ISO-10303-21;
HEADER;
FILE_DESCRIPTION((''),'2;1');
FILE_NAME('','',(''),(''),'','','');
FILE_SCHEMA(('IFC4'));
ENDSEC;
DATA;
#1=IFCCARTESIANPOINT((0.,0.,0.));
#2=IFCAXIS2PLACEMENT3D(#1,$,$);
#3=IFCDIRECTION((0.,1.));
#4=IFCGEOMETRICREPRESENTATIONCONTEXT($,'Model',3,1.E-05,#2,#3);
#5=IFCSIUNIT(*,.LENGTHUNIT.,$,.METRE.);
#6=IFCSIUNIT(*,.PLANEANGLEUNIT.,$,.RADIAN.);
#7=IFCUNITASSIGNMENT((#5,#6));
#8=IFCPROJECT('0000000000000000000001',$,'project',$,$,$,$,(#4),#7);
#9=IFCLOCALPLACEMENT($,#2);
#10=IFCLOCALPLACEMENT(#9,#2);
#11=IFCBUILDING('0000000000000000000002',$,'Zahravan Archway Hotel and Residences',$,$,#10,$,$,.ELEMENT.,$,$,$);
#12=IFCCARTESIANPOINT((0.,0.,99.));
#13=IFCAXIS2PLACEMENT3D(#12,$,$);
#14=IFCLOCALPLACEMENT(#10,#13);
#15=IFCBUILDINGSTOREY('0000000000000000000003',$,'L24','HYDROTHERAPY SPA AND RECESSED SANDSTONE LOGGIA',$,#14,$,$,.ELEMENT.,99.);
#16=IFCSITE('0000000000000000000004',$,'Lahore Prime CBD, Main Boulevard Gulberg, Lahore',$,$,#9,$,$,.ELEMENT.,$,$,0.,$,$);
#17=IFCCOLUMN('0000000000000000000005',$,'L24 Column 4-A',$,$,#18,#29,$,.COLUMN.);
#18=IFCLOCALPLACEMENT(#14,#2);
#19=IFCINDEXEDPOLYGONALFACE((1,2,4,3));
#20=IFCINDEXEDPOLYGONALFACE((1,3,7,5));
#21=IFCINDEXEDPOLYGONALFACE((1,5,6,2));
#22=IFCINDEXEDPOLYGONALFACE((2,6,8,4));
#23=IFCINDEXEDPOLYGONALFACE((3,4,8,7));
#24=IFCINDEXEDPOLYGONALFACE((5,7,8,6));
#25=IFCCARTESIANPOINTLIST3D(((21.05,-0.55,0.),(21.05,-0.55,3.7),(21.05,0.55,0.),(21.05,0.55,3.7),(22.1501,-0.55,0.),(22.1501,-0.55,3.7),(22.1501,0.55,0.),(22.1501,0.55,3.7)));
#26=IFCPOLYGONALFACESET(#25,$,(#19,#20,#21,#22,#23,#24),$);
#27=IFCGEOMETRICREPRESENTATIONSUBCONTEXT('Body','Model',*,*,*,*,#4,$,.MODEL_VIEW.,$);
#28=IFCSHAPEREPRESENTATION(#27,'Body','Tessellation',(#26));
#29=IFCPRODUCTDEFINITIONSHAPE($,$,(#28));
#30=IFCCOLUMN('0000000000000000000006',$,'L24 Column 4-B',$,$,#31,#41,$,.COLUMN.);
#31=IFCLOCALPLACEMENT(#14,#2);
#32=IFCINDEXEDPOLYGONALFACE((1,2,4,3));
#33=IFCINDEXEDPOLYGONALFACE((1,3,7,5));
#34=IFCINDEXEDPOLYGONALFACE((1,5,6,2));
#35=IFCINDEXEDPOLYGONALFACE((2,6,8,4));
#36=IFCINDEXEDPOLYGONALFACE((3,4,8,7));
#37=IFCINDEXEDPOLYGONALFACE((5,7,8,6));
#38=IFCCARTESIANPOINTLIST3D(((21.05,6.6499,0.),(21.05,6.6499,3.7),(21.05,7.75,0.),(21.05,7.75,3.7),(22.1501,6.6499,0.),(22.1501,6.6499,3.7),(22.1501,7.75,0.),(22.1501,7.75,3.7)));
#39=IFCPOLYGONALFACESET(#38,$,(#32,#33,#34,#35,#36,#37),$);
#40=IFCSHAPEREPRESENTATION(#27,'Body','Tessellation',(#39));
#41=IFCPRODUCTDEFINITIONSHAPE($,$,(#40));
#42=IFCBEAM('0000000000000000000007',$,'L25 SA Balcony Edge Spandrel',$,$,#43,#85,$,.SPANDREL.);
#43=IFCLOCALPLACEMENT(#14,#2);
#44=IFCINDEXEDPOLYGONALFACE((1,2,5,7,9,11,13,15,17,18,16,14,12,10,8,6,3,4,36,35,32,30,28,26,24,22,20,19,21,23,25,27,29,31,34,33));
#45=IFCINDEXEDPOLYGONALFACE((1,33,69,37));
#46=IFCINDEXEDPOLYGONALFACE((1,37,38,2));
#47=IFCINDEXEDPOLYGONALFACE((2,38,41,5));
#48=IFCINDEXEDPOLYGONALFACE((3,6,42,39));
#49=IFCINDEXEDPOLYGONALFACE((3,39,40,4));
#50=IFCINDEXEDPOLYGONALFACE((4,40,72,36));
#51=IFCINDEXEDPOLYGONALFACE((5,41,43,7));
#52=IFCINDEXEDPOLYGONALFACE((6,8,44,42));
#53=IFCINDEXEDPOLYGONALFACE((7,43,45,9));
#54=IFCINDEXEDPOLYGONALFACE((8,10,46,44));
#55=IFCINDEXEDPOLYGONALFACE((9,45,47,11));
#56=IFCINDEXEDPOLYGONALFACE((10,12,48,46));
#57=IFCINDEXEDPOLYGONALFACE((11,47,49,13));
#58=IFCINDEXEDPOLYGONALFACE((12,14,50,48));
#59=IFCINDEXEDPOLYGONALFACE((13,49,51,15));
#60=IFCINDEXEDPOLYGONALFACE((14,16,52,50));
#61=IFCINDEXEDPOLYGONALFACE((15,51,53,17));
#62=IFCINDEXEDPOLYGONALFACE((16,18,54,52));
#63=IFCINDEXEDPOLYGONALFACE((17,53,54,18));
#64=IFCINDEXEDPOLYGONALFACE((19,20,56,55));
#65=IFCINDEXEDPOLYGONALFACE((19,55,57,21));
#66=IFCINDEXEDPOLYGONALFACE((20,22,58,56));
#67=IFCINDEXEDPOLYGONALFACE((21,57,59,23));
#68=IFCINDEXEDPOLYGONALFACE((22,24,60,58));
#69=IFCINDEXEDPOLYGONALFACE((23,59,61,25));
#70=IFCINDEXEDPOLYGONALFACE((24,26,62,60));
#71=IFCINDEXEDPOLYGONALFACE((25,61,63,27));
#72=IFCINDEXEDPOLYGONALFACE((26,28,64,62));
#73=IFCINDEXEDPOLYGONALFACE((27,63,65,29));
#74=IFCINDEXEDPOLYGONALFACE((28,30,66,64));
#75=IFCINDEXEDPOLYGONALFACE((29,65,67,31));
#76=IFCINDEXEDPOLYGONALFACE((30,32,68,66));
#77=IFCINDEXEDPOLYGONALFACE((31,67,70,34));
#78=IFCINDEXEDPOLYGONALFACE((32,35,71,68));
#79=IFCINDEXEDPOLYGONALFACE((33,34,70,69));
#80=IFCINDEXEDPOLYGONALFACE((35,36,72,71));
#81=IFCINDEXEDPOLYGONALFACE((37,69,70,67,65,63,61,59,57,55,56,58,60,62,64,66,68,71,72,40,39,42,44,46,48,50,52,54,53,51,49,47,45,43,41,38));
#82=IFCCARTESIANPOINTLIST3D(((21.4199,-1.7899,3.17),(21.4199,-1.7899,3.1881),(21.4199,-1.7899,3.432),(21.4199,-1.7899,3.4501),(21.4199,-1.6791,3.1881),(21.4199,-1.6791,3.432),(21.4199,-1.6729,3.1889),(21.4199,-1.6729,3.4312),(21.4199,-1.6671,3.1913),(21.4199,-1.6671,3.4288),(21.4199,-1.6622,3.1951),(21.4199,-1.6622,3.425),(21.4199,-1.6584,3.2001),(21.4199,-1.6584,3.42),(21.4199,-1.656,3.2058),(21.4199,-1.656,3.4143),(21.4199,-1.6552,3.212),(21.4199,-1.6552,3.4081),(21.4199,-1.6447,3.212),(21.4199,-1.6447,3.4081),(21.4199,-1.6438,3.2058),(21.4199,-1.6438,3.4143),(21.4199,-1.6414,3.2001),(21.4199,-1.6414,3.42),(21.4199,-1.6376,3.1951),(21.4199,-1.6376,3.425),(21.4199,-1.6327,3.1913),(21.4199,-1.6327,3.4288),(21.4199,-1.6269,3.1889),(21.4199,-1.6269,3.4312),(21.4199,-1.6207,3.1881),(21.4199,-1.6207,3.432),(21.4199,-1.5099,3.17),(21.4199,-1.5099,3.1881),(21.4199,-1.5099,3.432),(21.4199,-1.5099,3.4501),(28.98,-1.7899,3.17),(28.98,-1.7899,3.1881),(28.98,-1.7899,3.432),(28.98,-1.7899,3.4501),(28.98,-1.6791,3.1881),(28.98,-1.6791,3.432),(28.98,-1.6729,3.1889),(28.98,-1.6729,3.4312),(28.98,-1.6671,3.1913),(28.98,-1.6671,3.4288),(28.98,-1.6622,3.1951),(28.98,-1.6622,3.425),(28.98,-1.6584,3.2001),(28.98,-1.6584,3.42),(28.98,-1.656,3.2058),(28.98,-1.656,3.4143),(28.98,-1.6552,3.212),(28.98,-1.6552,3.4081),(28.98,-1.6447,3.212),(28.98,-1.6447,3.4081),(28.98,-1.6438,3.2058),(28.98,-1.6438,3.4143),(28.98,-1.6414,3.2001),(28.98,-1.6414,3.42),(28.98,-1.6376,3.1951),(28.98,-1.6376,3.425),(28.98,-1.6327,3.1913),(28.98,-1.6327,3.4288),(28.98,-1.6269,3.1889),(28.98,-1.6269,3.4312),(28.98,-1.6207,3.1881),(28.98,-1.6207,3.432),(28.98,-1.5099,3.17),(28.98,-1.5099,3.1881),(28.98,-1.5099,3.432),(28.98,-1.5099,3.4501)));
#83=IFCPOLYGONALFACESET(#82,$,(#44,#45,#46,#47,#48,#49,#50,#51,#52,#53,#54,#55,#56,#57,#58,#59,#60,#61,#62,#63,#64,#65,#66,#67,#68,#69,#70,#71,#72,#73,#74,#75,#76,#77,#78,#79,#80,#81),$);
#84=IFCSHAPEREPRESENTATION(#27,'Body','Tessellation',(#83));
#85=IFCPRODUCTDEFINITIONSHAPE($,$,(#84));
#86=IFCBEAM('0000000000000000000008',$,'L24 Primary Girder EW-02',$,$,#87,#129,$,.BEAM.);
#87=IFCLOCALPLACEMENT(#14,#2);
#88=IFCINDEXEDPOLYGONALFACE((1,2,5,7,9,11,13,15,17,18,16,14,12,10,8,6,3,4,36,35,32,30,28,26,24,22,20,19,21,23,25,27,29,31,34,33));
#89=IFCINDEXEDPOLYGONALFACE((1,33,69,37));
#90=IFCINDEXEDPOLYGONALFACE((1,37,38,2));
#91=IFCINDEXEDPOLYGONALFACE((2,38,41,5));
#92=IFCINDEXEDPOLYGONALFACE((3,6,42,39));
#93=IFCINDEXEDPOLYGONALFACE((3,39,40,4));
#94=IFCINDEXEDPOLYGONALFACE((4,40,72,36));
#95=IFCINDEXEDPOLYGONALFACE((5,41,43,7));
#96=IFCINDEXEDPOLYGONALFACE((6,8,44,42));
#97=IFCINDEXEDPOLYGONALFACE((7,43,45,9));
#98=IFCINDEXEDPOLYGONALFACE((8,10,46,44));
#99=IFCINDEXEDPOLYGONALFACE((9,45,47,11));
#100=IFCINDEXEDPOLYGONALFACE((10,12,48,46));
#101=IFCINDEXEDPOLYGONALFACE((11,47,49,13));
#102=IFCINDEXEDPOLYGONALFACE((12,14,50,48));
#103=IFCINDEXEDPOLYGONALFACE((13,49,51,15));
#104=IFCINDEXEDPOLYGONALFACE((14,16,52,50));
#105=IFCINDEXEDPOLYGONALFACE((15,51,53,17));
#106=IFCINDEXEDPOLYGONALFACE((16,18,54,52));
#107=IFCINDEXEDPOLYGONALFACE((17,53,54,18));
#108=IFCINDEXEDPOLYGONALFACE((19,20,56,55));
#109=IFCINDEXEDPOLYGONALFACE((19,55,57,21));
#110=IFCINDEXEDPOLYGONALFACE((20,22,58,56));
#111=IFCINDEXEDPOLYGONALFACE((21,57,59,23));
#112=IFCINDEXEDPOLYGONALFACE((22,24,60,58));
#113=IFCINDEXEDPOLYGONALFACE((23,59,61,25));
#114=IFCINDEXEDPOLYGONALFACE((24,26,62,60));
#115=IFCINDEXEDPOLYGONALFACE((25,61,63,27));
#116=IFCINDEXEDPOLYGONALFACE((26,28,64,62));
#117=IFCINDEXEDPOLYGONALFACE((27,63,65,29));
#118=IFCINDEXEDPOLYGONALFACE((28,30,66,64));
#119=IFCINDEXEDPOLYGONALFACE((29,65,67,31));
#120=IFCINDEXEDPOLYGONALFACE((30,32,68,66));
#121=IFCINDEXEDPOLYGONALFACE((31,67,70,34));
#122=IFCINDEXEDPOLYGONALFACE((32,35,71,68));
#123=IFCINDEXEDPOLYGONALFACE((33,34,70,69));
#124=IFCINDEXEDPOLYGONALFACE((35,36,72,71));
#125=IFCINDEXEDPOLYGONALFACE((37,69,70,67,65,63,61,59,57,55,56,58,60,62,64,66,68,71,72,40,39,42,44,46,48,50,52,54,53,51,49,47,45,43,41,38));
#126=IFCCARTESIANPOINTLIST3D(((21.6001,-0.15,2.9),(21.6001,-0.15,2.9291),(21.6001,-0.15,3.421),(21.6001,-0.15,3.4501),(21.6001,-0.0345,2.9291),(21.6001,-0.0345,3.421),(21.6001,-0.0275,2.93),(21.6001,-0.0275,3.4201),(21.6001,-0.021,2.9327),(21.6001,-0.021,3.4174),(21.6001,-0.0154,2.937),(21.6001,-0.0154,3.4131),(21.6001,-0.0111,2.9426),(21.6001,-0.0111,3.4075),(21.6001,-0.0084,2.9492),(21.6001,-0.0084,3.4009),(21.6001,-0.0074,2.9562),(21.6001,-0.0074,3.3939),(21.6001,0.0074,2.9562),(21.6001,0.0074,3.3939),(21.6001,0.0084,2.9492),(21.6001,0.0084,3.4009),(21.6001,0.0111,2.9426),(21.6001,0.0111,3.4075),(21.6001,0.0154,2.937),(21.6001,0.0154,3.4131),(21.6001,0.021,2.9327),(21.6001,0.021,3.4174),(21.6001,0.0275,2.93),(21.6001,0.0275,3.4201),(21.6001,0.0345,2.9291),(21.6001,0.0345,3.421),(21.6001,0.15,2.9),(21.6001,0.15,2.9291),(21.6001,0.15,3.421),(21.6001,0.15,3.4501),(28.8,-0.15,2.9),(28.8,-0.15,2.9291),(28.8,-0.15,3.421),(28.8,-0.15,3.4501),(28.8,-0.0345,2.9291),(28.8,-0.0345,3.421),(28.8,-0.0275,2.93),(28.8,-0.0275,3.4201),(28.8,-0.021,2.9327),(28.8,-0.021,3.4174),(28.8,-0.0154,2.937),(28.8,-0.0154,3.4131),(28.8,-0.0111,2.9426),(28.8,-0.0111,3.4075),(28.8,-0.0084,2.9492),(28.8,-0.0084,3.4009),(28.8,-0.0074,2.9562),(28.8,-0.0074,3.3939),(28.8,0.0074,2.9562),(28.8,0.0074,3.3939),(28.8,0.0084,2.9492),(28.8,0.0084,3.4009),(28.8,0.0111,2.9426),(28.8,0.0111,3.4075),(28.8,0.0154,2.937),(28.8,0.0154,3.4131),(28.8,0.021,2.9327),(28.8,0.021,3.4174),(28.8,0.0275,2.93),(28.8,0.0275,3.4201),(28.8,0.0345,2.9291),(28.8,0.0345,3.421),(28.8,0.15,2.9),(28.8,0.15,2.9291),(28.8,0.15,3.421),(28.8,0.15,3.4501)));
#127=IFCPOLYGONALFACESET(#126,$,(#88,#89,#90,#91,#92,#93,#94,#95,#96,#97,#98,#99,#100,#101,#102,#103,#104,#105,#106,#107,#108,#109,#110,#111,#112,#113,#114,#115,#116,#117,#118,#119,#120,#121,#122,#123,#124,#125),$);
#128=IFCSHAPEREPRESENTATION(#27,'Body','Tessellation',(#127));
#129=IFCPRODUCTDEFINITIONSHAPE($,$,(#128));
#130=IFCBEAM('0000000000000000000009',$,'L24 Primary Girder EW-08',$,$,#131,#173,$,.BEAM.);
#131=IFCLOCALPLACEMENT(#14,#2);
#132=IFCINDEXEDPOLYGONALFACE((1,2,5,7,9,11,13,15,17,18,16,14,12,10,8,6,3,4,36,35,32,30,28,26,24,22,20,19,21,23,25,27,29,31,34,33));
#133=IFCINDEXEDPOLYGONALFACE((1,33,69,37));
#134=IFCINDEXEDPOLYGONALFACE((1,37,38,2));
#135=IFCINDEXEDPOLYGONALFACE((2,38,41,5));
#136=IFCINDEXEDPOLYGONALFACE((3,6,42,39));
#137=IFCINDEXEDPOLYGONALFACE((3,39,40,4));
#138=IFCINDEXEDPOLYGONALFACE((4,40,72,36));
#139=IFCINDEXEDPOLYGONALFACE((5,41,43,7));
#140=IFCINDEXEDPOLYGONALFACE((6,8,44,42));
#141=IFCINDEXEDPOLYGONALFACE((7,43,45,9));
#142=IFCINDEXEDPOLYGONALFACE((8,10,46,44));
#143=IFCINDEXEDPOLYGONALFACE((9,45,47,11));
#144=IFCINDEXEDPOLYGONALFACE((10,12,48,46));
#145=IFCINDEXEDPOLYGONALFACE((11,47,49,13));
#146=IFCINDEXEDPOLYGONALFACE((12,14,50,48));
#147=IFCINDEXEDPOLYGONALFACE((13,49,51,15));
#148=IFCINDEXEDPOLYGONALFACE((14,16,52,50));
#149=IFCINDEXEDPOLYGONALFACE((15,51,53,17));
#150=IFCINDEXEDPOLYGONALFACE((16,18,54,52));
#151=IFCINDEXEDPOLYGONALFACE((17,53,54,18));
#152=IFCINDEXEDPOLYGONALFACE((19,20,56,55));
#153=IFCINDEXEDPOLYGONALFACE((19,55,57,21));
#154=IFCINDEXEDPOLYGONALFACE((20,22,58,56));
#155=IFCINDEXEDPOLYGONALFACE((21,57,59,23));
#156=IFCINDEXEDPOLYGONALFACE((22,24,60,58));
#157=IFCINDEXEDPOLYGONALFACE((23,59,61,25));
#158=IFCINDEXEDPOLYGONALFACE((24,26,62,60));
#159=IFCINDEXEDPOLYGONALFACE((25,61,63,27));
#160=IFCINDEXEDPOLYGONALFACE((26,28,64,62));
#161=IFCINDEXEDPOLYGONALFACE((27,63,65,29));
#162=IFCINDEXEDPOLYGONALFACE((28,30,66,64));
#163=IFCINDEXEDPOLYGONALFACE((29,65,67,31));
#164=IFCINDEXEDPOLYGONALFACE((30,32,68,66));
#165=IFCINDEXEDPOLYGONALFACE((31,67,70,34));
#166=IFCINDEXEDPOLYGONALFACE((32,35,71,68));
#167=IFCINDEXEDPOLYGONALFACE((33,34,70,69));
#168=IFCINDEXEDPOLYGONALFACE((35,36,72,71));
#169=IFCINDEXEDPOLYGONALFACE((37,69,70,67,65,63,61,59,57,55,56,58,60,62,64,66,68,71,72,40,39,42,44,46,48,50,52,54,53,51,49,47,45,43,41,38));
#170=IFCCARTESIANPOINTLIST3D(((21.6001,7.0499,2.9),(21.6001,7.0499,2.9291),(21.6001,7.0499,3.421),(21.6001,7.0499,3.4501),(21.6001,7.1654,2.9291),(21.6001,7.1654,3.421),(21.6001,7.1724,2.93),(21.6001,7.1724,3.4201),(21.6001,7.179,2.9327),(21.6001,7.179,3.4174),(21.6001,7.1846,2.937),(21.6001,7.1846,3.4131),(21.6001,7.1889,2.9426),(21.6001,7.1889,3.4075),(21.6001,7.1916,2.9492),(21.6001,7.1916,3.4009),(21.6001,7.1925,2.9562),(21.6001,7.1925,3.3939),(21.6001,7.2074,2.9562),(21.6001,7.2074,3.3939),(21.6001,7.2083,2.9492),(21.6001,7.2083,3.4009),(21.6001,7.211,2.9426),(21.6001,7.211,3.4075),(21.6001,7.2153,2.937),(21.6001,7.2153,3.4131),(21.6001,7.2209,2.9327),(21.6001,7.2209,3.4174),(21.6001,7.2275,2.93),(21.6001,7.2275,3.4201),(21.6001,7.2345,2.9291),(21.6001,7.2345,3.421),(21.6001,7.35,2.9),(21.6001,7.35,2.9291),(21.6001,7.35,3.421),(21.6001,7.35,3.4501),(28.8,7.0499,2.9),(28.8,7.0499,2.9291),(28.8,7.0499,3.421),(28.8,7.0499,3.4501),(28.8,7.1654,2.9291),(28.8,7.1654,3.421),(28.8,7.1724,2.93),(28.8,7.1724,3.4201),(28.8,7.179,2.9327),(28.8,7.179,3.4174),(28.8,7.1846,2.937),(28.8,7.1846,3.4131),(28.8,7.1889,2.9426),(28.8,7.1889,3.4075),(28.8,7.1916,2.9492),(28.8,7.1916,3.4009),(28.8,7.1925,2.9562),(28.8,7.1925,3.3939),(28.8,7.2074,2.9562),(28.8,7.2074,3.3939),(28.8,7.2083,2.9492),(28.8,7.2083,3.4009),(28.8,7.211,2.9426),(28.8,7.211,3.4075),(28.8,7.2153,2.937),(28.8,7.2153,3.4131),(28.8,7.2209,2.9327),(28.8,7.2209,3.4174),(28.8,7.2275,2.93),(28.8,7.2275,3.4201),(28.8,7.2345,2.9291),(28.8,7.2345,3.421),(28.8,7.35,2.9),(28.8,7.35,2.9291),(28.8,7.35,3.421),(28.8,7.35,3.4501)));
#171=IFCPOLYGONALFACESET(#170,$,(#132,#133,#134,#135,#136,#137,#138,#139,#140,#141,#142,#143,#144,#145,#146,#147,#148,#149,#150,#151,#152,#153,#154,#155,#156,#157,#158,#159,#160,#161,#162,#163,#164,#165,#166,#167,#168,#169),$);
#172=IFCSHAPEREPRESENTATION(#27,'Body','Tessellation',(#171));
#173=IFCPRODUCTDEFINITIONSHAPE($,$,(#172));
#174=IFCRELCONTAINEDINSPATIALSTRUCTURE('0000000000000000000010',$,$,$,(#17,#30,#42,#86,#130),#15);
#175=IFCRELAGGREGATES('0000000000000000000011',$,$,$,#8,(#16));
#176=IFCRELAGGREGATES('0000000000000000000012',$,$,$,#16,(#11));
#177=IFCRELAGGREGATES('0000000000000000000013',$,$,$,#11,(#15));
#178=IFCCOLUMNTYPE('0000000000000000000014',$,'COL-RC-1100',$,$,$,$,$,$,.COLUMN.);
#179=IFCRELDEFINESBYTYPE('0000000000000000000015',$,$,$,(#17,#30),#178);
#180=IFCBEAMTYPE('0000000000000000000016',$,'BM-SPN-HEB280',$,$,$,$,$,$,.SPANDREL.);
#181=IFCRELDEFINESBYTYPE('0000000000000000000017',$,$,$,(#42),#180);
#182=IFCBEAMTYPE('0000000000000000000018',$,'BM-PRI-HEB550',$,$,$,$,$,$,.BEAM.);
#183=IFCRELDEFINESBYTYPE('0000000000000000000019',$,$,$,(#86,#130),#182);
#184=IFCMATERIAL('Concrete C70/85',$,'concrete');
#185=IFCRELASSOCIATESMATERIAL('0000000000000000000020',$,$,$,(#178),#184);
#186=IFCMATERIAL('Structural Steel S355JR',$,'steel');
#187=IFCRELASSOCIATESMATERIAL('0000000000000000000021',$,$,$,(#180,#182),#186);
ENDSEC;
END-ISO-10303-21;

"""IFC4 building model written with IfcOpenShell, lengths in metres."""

from ifc_helpers import new_model, si_unit, direction, frame, origin, origin_2d, place, context, subcontext, project, spatial, rectangle, i_section, extrude, source, transform, mapped, material, material_profile, profile_set, type_object, type_shapes, element, save


model = new_model("IFC4")

# Units and contexts
model_context = context("Model", 3, precision=1e-05, world=origin(), true_north=direction((0.0, 1.0)))
body_context = subcontext(model_context, "Body", "Model", "MODEL_VIEW")
ifc_project = project(units=[si_unit("LENGTHUNIT", "METRE"), si_unit("PLANEANGLEUNIT", "RADIAN")], contexts=[model_context])

# Site, building, storey
site_placement = place(None, origin())
site = spatial("IfcSite", under=ifc_project, at=site_placement, Name="Lahore Prime CBD, Main Boulevard Gulberg, Lahore", CompositionType="ELEMENT", RefElevation=0.0)
building_placement = place(site_placement, origin())
building = spatial("IfcBuilding", under=site, at=building_placement, Name="Zahravan Archway Hotel and Residences", CompositionType="ELEMENT")
storey_placement = place(building_placement, frame((0.0, 0.0, 99.0)))
storey = spatial("IfcBuildingStorey", under=building, at=storey_placement, Name="L24", Description="HYDROTHERAPY SPA AND RECESSED SANDSTONE LOGGIA", CompositionType="ELEMENT", Elevation=99.0)

# Columns
ifc_material_1 = material(Name="Concrete C70/85", Category="concrete")
ifc_material_profile_1 = material_profile(ifc_material_1, rectangle(XDim=1.1001, YDim=1.1001, at=origin_2d()), Name="RC 1100x1100", Category="concrete")
ifc_profile_set_1 = profile_set([ifc_material_profile_1], Name="Concrete C70/85")
column_type = type_object("IfcColumnType", Name="COL-RC-1100", PredefinedType="COLUMN", material=ifc_profile_set_1)
shared_shape_1 = source(origin(), body_context, "Body", "SweptSolid", [
    extrude(rectangle(XDim=1.1001, YDim=1.1001, at=origin_2d()), origin(), (0.0, 0.0, 1.0), 3.7),
])
for number, where, z_axis, x_axis, name in (
    (1, (21.6001, 0.0, 0.0), (0.0, 0.0, 1.0), (1.0, 0.0, 0.0), "L24 Column 4-A"),
    (2, (21.6001, 7.2, 0.0), (0.0, 0.0, 1.0), (1.0, 0.0, 0.0), "L24 Column 4-B"),
):
    element("IfcColumn", number, at=place(storey_placement, frame(where, z_axis=z_axis, x_axis=x_axis)), inside=storey, type_object=column_type, Name=name, PredefinedType="COLUMN", context=body_context, shape_type="MappedRepresentation", body=[
        mapped(shared_shape_1, transform((0.0, 0.0, 0.0), scale=1.0)),
    ])

# Beams
ifc_material_2 = material(Name="Structural Steel S355JR", Category="steel")
ifc_material_profile_2 = material_profile(ifc_material_2, i_section(OverallWidth=0.28, OverallDepth=0.28, WebThickness=0.0105, FlangeThickness=0.0181, FilletRadius=0.0239, at=origin_2d()), Name="HEB 280", Category="steel")
ifc_profile_set_2 = profile_set([ifc_material_profile_2], Name="Structural Steel S355JR")
beam_type_1 = type_object("IfcBeamType", Name="BM-SPN-HEB280", PredefinedType="SPANDREL", material=ifc_profile_set_2)
shared_shape_2 = source(origin(), body_context, "Body", "SweptSolid", [
    extrude(i_section(OverallWidth=0.28, OverallDepth=0.28, WebThickness=0.0105, FlangeThickness=0.0181, FilletRadius=0.0239, at=origin_2d()), origin(), (0.0, 0.0, 1.0), 7.5601),
])
type_shapes(beam_type_1, [shared_shape_2])
beam_1_placement = place(storey_placement, frame((21.4199, -1.6499, 3.3101), z_axis=(1.0, 0.0, 0.0), x_axis=(0.0, 1.0, 0.0)))
element("IfcBeam", 3, at=beam_1_placement, inside=storey, type_object=beam_type_1, Name="L25 SA Balcony Edge Spandrel", PredefinedType="SPANDREL", context=body_context, shape_type="MappedRepresentation", body=[
    mapped(shared_shape_2, transform((0.0, 0.0, 0.0), scale=1.0)),
])
ifc_material_profile_3 = material_profile(ifc_material_2, i_section(OverallWidth=0.3, OverallDepth=0.55, WebThickness=0.0149, FlangeThickness=0.0291, FilletRadius=0.0271, at=origin_2d()), Name="HEB 550", Category="steel")
ifc_profile_set_3 = profile_set([ifc_material_profile_3], Name="Structural Steel S355JR")
beam_type_2 = type_object("IfcBeamType", Name="BM-PRI-HEB550", PredefinedType="BEAM", material=ifc_profile_set_3)
shared_shape_3 = source(origin(), body_context, "Body", "SweptSolid", [
    extrude(i_section(OverallWidth=0.3, OverallDepth=0.55, WebThickness=0.0149, FlangeThickness=0.0291, FilletRadius=0.0271, at=origin_2d()), origin(), (0.0, 0.0, 1.0), 7.2),
])
for number, where, z_axis, x_axis, name in (
    (4, (21.6001, 0.0, 3.175), (1.0, 0.0, 0.0), (0.0, 1.0, 0.0), "L24 Primary Girder EW-02"),
    (5, (21.6001, 7.2, 3.175), (1.0, 0.0, 0.0), (0.0, 1.0, 0.0), "L24 Primary Girder EW-08"),
):
    element("IfcBeam", number, at=place(storey_placement, frame(where, z_axis=z_axis, x_axis=x_axis)), inside=storey, type_object=beam_type_2, Name=name, PredefinedType="BEAM", context=body_context, shape_type="MappedRepresentation", body=[
        mapped(shared_shape_3, transform((0.0, 0.0, 0.0), scale=1.0)),
    ])

save(model, "model.ifc")
